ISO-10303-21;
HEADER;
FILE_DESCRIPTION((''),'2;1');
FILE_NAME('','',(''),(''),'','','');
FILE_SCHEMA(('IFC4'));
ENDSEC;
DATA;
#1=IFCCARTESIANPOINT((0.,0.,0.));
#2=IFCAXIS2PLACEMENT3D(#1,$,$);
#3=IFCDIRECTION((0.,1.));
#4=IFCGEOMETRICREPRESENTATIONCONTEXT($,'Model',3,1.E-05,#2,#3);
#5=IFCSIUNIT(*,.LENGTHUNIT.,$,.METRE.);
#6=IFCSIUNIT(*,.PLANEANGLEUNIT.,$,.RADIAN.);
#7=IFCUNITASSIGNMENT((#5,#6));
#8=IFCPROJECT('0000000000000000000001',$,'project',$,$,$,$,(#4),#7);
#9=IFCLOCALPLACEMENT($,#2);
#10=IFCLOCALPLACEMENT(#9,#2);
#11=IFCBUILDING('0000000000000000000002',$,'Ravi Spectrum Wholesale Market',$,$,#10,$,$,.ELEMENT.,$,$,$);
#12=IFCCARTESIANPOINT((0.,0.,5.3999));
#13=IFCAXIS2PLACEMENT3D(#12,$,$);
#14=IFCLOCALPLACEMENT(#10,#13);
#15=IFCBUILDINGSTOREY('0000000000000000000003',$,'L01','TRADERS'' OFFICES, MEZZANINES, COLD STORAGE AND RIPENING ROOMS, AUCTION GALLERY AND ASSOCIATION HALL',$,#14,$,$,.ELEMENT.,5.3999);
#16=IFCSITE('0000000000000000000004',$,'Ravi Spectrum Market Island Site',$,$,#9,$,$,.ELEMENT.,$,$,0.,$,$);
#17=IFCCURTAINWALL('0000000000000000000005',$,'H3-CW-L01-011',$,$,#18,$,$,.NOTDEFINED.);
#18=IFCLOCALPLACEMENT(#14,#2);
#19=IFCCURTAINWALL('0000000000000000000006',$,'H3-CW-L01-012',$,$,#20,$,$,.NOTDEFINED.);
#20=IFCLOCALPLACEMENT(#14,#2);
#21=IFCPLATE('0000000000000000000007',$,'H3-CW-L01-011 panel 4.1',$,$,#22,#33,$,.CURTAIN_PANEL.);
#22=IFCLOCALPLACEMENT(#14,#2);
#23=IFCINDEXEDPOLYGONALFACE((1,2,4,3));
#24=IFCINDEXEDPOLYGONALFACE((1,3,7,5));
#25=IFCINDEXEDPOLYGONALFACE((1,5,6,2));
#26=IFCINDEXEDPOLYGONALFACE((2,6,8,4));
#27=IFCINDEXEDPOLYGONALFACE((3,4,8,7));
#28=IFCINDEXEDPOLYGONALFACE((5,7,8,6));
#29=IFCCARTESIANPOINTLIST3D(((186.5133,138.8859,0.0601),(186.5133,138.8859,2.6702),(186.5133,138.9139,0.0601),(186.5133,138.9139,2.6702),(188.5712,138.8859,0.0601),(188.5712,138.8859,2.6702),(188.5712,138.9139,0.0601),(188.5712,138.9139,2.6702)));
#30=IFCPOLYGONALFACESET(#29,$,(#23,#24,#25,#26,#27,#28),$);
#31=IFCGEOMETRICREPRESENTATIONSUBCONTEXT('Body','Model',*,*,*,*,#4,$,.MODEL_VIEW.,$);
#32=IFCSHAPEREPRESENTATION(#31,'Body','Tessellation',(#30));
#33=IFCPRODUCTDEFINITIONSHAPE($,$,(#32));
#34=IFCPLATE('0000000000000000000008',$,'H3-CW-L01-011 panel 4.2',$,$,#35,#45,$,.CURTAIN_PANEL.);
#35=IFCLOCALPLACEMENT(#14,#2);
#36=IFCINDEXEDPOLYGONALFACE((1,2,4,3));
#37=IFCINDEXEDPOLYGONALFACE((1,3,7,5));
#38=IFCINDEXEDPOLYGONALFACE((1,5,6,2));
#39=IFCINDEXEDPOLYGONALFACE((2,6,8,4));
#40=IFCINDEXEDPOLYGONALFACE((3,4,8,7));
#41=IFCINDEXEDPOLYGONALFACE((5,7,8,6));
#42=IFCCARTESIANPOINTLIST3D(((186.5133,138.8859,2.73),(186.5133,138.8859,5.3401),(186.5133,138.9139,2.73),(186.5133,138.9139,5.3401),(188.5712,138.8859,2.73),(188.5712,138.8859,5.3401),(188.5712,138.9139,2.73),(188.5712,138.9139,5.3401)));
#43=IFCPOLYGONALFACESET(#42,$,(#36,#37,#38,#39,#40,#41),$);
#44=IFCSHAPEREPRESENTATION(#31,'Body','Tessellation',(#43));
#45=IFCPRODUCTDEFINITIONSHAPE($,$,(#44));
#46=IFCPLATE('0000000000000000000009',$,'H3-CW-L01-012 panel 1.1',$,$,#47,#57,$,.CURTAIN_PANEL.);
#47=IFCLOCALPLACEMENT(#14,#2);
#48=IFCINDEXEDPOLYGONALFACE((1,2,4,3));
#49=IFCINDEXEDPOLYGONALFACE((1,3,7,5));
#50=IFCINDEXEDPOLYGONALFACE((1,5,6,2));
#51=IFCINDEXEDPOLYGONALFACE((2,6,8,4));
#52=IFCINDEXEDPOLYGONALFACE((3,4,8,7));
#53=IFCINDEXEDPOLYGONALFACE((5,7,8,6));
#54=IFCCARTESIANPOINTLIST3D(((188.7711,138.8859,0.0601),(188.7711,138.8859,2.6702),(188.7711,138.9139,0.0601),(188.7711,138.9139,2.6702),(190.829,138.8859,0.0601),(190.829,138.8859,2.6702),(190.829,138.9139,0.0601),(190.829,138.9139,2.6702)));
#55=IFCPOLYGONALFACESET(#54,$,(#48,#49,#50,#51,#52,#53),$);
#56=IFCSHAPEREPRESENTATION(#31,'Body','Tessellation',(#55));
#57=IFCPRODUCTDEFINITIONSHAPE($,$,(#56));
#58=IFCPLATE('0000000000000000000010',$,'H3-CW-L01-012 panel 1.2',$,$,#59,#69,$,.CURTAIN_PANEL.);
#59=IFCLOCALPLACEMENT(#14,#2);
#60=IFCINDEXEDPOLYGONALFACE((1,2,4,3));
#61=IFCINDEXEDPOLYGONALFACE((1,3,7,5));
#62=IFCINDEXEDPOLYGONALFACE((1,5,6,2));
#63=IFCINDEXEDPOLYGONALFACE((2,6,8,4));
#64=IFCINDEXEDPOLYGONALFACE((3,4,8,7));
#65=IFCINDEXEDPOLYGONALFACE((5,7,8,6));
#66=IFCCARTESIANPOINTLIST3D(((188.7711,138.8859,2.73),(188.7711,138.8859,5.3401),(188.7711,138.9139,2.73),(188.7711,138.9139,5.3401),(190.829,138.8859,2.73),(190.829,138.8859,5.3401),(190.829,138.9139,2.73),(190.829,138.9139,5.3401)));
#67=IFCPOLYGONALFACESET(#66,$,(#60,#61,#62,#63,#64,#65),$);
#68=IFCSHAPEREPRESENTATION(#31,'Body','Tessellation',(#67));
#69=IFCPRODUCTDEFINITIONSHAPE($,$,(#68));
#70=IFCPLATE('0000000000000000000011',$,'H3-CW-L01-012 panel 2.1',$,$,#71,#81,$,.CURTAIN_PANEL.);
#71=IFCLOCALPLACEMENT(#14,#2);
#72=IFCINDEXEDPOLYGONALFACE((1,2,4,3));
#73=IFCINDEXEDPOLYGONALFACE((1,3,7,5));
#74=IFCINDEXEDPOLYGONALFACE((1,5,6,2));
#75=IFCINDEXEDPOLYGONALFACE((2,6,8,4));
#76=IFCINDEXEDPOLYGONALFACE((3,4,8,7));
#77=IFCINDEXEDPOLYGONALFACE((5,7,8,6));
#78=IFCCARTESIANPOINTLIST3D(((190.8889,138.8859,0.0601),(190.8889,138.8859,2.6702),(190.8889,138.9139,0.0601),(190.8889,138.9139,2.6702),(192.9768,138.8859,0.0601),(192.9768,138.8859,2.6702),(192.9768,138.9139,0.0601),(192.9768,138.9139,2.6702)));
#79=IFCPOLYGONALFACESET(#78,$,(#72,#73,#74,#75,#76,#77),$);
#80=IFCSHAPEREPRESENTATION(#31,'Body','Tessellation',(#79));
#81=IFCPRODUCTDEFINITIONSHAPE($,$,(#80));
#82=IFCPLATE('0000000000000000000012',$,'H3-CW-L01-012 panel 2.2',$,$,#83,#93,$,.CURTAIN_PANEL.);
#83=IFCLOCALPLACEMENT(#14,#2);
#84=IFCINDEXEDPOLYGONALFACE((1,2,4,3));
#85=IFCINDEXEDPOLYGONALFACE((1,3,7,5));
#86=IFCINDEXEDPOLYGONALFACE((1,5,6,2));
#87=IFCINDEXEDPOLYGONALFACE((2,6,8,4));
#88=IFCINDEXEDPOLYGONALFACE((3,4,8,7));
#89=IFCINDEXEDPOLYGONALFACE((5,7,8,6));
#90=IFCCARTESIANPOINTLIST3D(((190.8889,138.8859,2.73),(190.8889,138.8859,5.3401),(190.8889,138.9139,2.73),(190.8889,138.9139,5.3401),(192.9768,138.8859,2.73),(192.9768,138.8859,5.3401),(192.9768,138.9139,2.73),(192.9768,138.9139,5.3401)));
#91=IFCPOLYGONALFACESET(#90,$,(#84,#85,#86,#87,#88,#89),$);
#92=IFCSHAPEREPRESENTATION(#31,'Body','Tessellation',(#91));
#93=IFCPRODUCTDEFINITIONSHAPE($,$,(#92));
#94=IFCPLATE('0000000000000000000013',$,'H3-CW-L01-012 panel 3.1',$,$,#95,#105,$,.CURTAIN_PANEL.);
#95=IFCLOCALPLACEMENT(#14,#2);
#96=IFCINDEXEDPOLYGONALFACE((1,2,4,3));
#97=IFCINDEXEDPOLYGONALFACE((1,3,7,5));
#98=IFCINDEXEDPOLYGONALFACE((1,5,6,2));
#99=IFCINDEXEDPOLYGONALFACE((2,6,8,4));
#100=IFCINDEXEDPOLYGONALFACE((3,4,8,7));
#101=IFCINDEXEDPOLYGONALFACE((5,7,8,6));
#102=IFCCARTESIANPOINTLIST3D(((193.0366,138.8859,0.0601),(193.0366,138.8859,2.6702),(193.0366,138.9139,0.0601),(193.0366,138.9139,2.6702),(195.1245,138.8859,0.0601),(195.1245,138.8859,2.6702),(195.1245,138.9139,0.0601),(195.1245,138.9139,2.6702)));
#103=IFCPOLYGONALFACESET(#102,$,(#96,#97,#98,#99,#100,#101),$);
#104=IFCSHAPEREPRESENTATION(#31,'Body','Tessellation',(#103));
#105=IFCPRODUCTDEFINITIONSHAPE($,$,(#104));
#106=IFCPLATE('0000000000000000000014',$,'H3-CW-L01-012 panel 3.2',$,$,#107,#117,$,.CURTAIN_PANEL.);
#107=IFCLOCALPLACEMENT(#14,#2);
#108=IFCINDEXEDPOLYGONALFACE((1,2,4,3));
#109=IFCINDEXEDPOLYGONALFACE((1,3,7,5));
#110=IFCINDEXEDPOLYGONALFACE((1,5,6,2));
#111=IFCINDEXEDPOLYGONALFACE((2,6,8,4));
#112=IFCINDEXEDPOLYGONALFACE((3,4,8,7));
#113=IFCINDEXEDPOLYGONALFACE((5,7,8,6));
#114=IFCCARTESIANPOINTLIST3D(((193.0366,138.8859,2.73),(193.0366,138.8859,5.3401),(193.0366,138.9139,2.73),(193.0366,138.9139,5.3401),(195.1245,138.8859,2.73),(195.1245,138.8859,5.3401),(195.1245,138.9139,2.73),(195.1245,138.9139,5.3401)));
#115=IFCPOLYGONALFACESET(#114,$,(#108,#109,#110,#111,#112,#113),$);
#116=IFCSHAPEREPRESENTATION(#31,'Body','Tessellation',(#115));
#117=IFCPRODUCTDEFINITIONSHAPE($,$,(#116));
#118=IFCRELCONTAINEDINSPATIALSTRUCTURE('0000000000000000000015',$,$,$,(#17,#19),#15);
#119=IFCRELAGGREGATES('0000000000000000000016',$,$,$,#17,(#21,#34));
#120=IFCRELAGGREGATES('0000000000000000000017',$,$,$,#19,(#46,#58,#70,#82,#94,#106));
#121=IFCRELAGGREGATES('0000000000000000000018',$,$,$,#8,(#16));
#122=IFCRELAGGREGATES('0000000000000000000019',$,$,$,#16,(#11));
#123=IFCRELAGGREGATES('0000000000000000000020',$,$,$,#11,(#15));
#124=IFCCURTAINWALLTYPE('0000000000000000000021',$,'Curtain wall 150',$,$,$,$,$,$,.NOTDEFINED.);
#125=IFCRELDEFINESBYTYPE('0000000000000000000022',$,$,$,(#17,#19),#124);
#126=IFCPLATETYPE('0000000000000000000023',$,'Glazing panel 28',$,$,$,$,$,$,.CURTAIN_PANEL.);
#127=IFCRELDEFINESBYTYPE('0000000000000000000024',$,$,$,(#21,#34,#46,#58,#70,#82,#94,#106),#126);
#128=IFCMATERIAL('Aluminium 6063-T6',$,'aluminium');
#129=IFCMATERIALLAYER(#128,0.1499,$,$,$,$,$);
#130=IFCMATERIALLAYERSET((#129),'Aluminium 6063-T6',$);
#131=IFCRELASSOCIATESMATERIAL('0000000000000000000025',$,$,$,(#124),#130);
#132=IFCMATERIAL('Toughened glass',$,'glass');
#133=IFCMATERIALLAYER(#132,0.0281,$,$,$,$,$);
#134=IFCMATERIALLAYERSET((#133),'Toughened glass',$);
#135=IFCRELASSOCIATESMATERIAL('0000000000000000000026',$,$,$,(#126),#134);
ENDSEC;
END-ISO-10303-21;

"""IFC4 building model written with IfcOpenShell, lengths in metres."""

from ifc_helpers import new_model, si_unit, direction, frame, origin, origin_2d, place, context, subcontext, project, spatial, rectangle, extrude, material, layer, layer_set, type_object, element, aggregate, save


model = new_model("IFC4")

# Units and contexts
model_context = context("Model", 3, precision=1e-05, world=origin(), true_north=direction((0.0, 1.0)))
body_context = subcontext(model_context, "Body", "Model", "MODEL_VIEW")
ifc_project = project(units=[si_unit("LENGTHUNIT", "METRE"), si_unit("PLANEANGLEUNIT", "RADIAN")], contexts=[model_context])

# Site, building, storey
site_placement = place(None, origin())
site = spatial("IfcSite", under=ifc_project, at=site_placement, Name="Ravi Spectrum Market Island Site", CompositionType="ELEMENT", RefElevation=0.0)
building_placement = place(site_placement, origin())
building = spatial("IfcBuilding", under=site, at=building_placement, Name="Ravi Spectrum Wholesale Market", CompositionType="ELEMENT")
storey_placement = place(building_placement, frame((0.0, 0.0, 5.3999)))
storey = spatial("IfcBuildingStorey", under=building, at=storey_placement, Name="L01", Description="TRADERS' OFFICES, MEZZANINES, COLD STORAGE AND RIPENING ROOMS, AUCTION GALLERY AND ASSOCIATION HALL", CompositionType="ELEMENT", Elevation=5.3999)

# Curtain wall
ifc_material_1 = material(Name="Aluminium 6063-T6", Category="aluminium")
ifc_layer_1 = layer(ifc_material_1, 0.1499)
ifc_layer_set_1 = layer_set([ifc_layer_1], Name="Aluminium 6063-T6")
curtain_wall_type = type_object("IfcCurtainWallType", Name="Curtain wall 150", PredefinedType="NOTDEFINED", material=ifc_layer_set_1)
curtain_wall_1_placement = place(storey_placement, origin())
curtain_wall_1 = element("IfcCurtainWall", 1, at=curtain_wall_1_placement, inside=storey, type_object=curtain_wall_type, Name="H3-CW-L01-011", PredefinedType="NOTDEFINED")

# Curtain wall
curtain_wall_2_placement = place(storey_placement, origin())
curtain_wall_2 = element("IfcCurtainWall", 2, at=curtain_wall_2_placement, inside=storey, type_object=curtain_wall_type, Name="H3-CW-L01-012", PredefinedType="NOTDEFINED")

# Plates
ifc_material_2 = material(Name="Toughened glass", Category="glass")
ifc_layer_2 = layer(ifc_material_2, 0.0281)
ifc_layer_set_2 = layer_set([ifc_layer_2], Name="Toughened glass")
plate_type = type_object("IfcPlateType", Name="Glazing panel 28", PredefinedType="CURTAIN_PANEL", material=ifc_layer_set_2)
plate_1_placement = place(storey_placement, frame((187.5422, 138.8999, 0.0601), z_axis=(0.0, 0.0, 1.0), x_axis=(1.0, 0.0, 0.0)))
plate_1 = element("IfcPlate", 3, at=plate_1_placement, type_object=plate_type, Name="H3-CW-L01-011 panel 4.1", PredefinedType="CURTAIN_PANEL", context=body_context, shape_type="SweptSolid", body=[
    extrude(rectangle(XDim=2.0579, YDim=0.0281, at=origin_2d()), origin(), (0.0, 0.0, 1.0), 2.6101),
])
plate_2_placement = place(storey_placement, frame((187.5422, 138.8999, 2.73), z_axis=(0.0, 0.0, 1.0), x_axis=(1.0, 0.0, 0.0)))
plate_2 = element("IfcPlate", 4, at=plate_2_placement, type_object=plate_type, Name="H3-CW-L01-011 panel 4.2", PredefinedType="CURTAIN_PANEL", context=body_context, shape_type="SweptSolid", body=[
    extrude(rectangle(XDim=2.0579, YDim=0.0281, at=origin_2d()), origin(), (0.0, 0.0, 1.0), 2.6101),
])
aggregate(curtain_wall_1, [plate_1, plate_2])
plate_3_placement = place(storey_placement, frame((189.8, 138.8999, 0.0601), z_axis=(0.0, 0.0, 1.0), x_axis=(1.0, 0.0, 0.0)))
plate_3 = element("IfcPlate", 5, at=plate_3_placement, type_object=plate_type, Name="H3-CW-L01-012 panel 1.1", PredefinedType="CURTAIN_PANEL", context=body_context, shape_type="SweptSolid", body=[
    extrude(rectangle(XDim=2.0579, YDim=0.0281, at=origin_2d()), origin(), (0.0, 0.0, 1.0), 2.6101),
])
plate_4_placement = place(storey_placement, frame((189.8, 138.8999, 2.73), z_axis=(0.0, 0.0, 1.0), x_axis=(1.0, 0.0, 0.0)))
plate_4 = element("IfcPlate", 6, at=plate_4_placement, type_object=plate_type, Name="H3-CW-L01-012 panel 1.2", PredefinedType="CURTAIN_PANEL", context=body_context, shape_type="SweptSolid", body=[
    extrude(rectangle(XDim=2.0579, YDim=0.0281, at=origin_2d()), origin(), (0.0, 0.0, 1.0), 2.6101),
])
plate_5_placement = place(storey_placement, frame((191.9329, 138.8999, 0.0601), z_axis=(0.0, 0.0, 1.0), x_axis=(1.0, 0.0, 0.0)))
plate_5 = element("IfcPlate", 7, at=plate_5_placement, type_object=plate_type, Name="H3-CW-L01-012 panel 2.1", PredefinedType="CURTAIN_PANEL", context=body_context, shape_type="SweptSolid", body=[
    extrude(rectangle(XDim=2.0879, YDim=0.0281, at=origin_2d()), origin(), (0.0, 0.0, 1.0), 2.6101),
])
plate_6_placement = place(storey_placement, frame((191.9329, 138.8999, 2.73), z_axis=(0.0, 0.0, 1.0), x_axis=(1.0, 0.0, 0.0)))
plate_6 = element("IfcPlate", 8, at=plate_6_placement, type_object=plate_type, Name="H3-CW-L01-012 panel 2.2", PredefinedType="CURTAIN_PANEL", context=body_context, shape_type="SweptSolid", body=[
    extrude(rectangle(XDim=2.0879, YDim=0.0281, at=origin_2d()), origin(), (0.0, 0.0, 1.0), 2.6101),
])
plate_7_placement = place(storey_placement, frame((194.0806, 138.8999, 0.0601), z_axis=(0.0, 0.0, 1.0), x_axis=(1.0, 0.0, 0.0)))
plate_7 = element("IfcPlate", 9, at=plate_7_placement, type_object=plate_type, Name="H3-CW-L01-012 panel 3.1", PredefinedType="CURTAIN_PANEL", context=body_context, shape_type="SweptSolid", body=[
    extrude(rectangle(XDim=2.0879, YDim=0.0281, at=origin_2d()), origin(), (0.0, 0.0, 1.0), 2.6101),
])
plate_8_placement = place(storey_placement, frame((194.0806, 138.8999, 2.73), z_axis=(0.0, 0.0, 1.0), x_axis=(1.0, 0.0, 0.0)))
plate_8 = element("IfcPlate", 10, at=plate_8_placement, type_object=plate_type, Name="H3-CW-L01-012 panel 3.2", PredefinedType="CURTAIN_PANEL", context=body_context, shape_type="SweptSolid", body=[
    extrude(rectangle(XDim=2.0879, YDim=0.0281, at=origin_2d()), origin(), (0.0, 0.0, 1.0), 2.6101),
])
aggregate(curtain_wall_2, [plate_3, plate_4, plate_5, plate_6, plate_7, plate_8])

save(model, "model.ifc")
